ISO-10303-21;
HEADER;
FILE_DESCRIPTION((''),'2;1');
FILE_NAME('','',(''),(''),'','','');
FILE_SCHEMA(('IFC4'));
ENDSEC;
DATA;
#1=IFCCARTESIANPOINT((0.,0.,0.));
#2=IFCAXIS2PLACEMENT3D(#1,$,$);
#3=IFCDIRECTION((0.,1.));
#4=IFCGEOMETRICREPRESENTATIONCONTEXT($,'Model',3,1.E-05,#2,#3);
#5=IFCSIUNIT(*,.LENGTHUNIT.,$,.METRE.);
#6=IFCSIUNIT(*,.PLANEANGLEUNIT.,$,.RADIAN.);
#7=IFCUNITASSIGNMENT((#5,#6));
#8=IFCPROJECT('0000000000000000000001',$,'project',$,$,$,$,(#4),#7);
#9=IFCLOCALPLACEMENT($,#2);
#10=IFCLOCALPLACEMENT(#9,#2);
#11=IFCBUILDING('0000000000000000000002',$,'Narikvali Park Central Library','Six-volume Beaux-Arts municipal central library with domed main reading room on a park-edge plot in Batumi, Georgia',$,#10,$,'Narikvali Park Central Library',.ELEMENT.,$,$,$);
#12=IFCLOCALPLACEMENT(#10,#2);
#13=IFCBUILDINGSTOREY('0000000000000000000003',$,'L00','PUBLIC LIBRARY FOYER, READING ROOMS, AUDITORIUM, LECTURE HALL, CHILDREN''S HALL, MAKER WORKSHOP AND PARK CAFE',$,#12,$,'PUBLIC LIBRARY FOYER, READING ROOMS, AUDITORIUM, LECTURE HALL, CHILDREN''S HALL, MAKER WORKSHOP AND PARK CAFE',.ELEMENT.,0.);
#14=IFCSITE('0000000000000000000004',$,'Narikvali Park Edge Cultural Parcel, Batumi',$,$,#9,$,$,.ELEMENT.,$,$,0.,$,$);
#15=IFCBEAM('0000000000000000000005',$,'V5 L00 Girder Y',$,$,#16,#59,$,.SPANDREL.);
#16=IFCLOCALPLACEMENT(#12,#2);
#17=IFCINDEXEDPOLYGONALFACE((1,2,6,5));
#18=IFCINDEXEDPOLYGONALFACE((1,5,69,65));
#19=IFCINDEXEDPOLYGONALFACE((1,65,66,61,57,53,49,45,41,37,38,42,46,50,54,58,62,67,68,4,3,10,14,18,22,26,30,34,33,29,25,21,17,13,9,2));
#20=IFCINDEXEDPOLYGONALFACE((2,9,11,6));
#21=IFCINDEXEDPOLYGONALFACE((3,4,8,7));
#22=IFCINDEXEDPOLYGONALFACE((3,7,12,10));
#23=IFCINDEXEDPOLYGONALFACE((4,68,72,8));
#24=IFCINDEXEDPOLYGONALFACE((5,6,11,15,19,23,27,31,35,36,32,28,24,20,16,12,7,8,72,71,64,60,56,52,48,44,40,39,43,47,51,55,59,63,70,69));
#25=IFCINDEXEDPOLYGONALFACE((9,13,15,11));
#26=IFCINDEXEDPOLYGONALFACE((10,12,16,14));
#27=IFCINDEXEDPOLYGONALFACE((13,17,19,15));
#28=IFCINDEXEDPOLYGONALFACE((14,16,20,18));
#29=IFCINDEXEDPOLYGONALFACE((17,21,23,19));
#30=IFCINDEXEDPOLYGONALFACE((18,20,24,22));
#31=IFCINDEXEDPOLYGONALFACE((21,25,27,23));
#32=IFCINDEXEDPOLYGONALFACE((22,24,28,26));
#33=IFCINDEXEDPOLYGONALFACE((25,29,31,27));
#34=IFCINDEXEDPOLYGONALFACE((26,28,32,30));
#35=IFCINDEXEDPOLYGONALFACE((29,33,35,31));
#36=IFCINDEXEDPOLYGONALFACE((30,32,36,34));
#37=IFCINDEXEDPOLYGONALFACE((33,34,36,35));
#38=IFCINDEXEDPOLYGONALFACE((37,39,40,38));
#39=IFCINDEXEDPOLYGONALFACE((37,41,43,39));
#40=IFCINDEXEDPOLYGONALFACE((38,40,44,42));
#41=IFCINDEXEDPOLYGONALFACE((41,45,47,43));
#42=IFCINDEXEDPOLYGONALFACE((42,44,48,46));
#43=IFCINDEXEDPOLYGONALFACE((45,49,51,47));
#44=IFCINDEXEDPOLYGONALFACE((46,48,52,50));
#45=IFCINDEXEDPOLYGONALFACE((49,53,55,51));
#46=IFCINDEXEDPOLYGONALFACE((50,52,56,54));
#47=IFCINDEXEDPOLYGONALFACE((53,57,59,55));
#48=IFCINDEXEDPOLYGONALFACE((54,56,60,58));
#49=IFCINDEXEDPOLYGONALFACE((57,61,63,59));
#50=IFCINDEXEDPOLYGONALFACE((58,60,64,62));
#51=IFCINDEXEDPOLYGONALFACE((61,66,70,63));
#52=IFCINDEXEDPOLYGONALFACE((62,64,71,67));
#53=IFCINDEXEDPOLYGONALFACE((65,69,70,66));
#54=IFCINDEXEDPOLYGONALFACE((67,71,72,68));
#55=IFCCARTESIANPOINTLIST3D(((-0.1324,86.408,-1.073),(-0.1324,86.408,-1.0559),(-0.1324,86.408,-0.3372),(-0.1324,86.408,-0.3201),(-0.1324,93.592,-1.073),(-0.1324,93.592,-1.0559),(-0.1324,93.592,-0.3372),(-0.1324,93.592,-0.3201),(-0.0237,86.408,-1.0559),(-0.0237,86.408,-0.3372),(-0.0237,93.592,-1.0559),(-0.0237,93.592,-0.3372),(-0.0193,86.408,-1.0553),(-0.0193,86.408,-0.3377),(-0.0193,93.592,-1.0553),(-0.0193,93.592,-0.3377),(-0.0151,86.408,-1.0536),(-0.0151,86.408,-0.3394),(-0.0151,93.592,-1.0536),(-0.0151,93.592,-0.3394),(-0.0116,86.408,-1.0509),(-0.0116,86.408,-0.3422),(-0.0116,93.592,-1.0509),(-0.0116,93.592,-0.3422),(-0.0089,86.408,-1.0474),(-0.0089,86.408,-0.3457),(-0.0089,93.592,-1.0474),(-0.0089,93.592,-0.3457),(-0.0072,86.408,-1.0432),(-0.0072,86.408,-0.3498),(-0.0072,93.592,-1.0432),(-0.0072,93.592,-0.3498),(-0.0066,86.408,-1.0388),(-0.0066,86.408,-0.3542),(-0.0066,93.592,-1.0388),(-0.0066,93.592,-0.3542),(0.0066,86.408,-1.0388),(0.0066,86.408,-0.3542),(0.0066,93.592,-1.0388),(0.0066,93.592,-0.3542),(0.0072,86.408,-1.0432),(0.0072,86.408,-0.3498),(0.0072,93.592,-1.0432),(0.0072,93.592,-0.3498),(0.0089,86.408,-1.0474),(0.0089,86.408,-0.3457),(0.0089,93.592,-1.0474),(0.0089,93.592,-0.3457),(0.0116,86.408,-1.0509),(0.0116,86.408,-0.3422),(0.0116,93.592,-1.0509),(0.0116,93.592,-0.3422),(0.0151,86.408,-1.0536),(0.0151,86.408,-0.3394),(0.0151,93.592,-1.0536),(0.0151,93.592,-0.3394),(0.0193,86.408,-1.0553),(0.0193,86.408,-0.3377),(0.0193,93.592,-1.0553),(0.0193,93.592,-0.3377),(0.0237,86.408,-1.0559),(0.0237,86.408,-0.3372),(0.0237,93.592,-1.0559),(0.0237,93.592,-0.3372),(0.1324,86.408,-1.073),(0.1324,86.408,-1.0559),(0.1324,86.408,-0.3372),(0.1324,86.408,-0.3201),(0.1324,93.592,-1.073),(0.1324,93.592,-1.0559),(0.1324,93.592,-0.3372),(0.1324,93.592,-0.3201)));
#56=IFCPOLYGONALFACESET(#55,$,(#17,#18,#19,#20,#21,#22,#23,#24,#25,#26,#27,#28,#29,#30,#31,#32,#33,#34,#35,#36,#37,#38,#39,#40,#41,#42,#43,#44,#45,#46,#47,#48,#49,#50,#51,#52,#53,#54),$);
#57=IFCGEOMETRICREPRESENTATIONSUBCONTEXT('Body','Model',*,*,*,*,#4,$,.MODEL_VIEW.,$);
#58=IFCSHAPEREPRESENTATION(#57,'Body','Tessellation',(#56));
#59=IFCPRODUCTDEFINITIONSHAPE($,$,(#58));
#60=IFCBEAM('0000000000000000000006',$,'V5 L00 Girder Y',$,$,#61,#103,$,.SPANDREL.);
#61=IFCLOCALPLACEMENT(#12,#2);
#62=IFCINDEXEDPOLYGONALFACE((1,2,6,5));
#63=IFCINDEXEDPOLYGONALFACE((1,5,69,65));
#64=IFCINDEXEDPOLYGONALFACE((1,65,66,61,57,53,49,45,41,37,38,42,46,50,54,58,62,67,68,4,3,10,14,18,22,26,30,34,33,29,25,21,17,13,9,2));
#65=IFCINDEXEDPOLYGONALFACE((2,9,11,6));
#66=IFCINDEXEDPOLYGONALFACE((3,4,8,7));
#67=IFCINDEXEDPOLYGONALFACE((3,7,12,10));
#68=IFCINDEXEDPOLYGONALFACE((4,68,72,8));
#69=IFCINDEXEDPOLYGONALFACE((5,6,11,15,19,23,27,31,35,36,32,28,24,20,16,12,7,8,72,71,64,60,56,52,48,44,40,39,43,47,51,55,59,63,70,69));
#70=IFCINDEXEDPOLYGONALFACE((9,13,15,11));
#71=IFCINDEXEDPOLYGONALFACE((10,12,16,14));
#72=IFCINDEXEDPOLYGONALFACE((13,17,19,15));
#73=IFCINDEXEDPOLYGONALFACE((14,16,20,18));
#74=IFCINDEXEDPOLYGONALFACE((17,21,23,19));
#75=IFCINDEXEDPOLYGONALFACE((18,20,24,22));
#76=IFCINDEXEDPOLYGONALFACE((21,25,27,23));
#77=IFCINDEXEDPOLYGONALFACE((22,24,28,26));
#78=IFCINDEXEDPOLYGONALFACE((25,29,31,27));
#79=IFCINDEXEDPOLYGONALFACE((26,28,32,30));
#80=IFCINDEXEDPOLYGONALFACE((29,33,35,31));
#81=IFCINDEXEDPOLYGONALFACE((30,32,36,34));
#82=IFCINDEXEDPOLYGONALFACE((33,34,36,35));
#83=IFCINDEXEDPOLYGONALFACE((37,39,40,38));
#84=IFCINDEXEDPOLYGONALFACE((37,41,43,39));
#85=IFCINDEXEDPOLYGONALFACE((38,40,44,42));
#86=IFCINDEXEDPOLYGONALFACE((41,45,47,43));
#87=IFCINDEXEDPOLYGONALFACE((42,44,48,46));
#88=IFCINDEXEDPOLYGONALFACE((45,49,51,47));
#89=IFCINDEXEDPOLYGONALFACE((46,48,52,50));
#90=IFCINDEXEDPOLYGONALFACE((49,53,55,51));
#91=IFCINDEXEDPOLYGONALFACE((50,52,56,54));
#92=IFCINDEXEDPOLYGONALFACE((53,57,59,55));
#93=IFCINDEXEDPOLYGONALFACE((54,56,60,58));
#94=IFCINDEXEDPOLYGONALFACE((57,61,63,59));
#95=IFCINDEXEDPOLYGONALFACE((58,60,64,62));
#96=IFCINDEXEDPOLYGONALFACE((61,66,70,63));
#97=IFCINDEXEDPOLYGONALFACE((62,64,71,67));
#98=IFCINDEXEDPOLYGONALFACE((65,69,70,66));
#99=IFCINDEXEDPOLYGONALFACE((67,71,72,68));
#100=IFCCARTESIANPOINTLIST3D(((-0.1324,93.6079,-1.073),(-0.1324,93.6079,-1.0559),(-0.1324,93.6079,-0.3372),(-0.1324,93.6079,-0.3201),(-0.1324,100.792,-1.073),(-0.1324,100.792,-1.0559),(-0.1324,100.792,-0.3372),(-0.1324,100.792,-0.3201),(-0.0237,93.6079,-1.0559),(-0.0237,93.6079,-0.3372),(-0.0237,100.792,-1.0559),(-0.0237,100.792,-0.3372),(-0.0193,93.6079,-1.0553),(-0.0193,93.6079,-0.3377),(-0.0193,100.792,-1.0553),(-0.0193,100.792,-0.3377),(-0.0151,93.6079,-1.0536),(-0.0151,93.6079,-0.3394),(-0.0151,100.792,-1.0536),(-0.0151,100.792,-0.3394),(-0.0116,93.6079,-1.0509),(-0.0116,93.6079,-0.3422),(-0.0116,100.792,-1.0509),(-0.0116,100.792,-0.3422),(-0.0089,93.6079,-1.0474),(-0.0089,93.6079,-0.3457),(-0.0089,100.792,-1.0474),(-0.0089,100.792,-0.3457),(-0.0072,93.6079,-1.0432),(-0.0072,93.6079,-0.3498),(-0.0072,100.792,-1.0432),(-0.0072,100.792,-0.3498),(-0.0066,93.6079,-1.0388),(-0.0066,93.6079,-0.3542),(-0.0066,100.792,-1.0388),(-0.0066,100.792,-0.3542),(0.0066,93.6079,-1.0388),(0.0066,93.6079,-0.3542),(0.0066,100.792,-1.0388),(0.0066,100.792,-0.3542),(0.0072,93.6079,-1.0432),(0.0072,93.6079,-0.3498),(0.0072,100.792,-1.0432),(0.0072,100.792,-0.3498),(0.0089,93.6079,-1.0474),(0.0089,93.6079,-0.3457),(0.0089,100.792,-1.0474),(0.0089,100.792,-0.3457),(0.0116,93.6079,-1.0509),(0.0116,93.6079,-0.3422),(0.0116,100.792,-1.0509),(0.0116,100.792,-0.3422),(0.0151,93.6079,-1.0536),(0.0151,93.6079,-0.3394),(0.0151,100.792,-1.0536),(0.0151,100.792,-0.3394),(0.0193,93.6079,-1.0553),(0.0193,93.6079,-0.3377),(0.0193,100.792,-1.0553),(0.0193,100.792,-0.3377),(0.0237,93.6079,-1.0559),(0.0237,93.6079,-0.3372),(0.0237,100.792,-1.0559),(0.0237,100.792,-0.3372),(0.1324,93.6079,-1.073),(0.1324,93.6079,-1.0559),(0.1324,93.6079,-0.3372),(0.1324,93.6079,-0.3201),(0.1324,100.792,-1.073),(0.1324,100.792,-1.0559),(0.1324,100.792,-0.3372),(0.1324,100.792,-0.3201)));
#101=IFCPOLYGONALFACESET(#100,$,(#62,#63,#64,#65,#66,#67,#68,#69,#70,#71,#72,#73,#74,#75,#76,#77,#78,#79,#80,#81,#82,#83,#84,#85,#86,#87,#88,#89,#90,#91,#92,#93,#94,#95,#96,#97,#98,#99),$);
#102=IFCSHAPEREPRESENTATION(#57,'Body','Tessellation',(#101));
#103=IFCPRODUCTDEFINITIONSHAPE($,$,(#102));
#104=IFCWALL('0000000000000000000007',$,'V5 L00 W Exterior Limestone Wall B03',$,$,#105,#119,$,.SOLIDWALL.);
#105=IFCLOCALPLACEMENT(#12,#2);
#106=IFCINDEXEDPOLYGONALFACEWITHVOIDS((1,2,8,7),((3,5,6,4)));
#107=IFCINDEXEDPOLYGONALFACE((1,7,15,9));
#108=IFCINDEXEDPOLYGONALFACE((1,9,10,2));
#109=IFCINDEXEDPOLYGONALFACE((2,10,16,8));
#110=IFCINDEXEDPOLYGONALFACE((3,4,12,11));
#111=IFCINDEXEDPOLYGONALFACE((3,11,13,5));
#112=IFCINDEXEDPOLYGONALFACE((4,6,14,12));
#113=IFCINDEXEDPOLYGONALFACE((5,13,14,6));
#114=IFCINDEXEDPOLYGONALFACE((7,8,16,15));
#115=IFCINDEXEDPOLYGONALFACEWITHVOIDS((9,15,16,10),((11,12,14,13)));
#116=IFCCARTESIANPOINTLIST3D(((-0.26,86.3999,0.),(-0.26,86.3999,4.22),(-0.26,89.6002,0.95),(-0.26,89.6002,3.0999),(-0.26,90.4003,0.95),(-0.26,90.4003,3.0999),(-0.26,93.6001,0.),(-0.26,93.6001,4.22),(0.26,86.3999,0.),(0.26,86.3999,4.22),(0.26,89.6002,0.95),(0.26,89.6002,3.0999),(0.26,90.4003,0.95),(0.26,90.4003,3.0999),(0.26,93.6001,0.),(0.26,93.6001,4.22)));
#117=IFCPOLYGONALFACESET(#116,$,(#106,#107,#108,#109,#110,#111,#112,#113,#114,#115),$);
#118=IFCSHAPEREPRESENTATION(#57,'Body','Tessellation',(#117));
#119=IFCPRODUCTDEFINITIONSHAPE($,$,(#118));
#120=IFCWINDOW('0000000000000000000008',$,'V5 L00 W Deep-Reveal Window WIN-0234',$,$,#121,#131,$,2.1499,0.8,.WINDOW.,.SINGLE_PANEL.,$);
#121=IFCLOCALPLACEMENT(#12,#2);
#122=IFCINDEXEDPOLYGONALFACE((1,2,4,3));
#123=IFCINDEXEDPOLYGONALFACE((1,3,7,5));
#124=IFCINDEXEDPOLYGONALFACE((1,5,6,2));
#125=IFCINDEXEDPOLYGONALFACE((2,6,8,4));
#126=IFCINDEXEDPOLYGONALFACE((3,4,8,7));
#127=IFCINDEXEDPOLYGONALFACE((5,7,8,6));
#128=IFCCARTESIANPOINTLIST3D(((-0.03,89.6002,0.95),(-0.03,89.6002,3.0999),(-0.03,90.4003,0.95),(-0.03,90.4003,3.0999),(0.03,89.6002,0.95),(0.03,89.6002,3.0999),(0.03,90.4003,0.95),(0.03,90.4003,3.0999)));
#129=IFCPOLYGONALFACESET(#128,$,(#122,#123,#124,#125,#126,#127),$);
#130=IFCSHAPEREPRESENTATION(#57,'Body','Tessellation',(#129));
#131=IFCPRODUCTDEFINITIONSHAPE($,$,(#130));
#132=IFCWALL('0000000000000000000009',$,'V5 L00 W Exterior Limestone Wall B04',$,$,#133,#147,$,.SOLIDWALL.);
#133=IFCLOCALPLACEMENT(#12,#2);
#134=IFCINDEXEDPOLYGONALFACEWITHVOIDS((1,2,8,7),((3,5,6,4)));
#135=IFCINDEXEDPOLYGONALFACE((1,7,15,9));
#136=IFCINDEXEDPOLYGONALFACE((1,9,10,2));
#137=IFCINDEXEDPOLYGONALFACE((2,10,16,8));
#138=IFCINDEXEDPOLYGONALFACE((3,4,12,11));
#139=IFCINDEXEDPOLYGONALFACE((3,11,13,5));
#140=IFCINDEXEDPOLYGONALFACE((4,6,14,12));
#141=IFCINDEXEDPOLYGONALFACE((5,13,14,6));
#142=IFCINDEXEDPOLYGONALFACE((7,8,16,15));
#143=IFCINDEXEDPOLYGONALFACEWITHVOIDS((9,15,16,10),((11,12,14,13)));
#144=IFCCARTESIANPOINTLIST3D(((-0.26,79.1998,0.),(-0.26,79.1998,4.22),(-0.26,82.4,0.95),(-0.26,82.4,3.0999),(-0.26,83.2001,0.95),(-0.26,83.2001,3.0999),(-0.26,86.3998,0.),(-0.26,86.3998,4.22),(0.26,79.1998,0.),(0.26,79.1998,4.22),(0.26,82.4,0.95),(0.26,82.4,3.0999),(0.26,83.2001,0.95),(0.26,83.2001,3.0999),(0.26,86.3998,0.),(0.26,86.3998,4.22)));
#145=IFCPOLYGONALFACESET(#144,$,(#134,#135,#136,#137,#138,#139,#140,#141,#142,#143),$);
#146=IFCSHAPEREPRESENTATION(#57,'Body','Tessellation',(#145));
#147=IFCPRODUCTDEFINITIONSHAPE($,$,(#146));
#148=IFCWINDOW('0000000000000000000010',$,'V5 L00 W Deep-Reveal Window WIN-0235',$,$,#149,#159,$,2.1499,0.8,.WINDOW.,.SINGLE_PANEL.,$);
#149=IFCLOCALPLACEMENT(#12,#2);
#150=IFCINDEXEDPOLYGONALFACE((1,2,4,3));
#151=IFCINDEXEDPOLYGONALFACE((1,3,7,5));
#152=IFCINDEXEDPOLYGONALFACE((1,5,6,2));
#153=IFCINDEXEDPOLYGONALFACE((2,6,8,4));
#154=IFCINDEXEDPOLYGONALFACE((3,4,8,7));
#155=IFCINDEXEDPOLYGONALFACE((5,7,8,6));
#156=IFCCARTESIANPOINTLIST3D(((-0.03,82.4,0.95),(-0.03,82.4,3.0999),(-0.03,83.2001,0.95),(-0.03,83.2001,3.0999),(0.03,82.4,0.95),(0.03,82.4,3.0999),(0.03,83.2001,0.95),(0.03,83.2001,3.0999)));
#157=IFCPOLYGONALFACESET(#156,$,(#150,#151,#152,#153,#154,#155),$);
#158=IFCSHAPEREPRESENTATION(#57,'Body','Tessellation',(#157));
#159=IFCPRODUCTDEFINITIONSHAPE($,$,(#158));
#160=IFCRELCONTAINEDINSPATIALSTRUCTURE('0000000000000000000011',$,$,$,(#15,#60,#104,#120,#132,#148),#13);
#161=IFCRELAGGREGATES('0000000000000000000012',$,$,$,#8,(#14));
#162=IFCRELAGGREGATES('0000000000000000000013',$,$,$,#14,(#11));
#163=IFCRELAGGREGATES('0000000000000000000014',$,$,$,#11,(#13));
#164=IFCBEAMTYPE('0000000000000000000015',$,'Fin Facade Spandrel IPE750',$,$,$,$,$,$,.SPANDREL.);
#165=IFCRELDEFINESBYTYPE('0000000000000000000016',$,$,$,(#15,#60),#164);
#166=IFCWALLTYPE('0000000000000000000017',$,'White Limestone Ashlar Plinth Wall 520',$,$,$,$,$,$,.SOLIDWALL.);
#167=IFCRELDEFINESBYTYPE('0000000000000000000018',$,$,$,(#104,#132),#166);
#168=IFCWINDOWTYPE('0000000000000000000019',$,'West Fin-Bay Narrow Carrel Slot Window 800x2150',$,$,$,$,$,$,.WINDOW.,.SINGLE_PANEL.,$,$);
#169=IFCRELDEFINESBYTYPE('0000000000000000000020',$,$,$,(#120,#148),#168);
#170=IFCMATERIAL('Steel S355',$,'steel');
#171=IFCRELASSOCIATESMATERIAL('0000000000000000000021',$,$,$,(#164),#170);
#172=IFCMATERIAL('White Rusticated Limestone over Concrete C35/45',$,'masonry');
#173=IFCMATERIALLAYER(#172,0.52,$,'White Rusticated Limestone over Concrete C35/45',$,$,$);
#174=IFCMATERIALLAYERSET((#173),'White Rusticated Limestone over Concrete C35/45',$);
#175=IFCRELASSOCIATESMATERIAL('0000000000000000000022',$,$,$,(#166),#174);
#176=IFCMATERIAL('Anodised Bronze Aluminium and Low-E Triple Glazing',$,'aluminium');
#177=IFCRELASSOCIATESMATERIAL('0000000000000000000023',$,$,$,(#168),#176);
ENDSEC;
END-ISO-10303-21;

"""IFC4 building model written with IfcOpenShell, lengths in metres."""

from ifc_helpers import new_model, si_unit, direction, frame, frame_2d, origin, origin_2d, place, context, subcontext, project, spatial, rectangle, i_section, extrude, material, layer, layer_set, material_profile, profile_set, type_object, element, fill, save


model = new_model("IFC4")

# Units and contexts
model_context = context("Model", 3, precision=1e-05, world=origin(), true_north=direction((0.0, 1.0)))
body_context = subcontext(model_context, "Body", "Model", "MODEL_VIEW")
ifc_project = project(units=[si_unit("LENGTHUNIT", "METRE"), si_unit("PLANEANGLEUNIT", "RADIAN")], contexts=[model_context])

# Site, building, storey
site_placement = place(None, origin())
site = spatial("IfcSite", under=ifc_project, at=site_placement, Name="Narikvali Park Edge Cultural Parcel, Batumi", CompositionType="ELEMENT", RefElevation=0.0)
building_placement = place(site_placement, origin())
building = spatial("IfcBuilding", under=site, at=building_placement, Name="Narikvali Park Central Library", Description="Six-volume Beaux-Arts municipal central library with domed main reading room on a park-edge plot in Batumi, Georgia", LongName="Narikvali Park Central Library", CompositionType="ELEMENT")
storey_placement = place(building_placement, origin())
storey = spatial("IfcBuildingStorey", under=building, at=storey_placement, Name="L00", Description="PUBLIC LIBRARY FOYER, READING ROOMS, AUDITORIUM, LECTURE HALL, CHILDREN'S HALL, MAKER WORKSHOP AND PARK CAFE", LongName="PUBLIC LIBRARY FOYER, READING ROOMS, AUDITORIUM, LECTURE HALL, CHILDREN'S HALL, MAKER WORKSHOP AND PARK CAFE", CompositionType="ELEMENT", Elevation=0.0)

# Shared definitions
ifc_material_1 = material(Name="Steel S355", Category="steel")

# Beams
ifc_material_profile_1 = material_profile(ifc_material_1, i_section(OverallWidth=0.2649, OverallDepth=0.7529, WebThickness=0.0132, FlangeThickness=0.0171, FilletRadius=0.0171, at=origin_2d()), Name="IPE 750x147")
ifc_profile_set_1 = profile_set([ifc_material_profile_1], Name="Steel S355")
beam_type_1 = type_object("IfcBeamType", Name="Fin Facade Spandrel IPE750", PredefinedType="SPANDREL", material=ifc_profile_set_1)
for number, where, z_axis, x_axis, name in (
    (1, (0.0, 86.408, -0.6965), (0.0, 1.0, 0.0), (-1.0, 0.0, 0.0), "V5 L00 Girder Y"),
    (2, (0.0, 93.6079, -0.6965), (0.0, 1.0, 0.0), (-1.0, 0.0, 0.0), "V5 L00 Girder Y"),
):
    element("IfcBeam", number, at=place(storey_placement, frame(where, z_axis=z_axis, x_axis=x_axis)), inside=storey, type_object=beam_type_1, Name=name, PredefinedType="SPANDREL", context=body_context, shape_type="SweptSolid", body=[
        extrude(i_section(OverallWidth=0.2649, OverallDepth=0.7529, WebThickness=0.0132, FlangeThickness=0.0171, FilletRadius=0.0171, at=origin_2d()), origin(), (0.0, 0.0, 1.0), 7.1841),
    ])

# Walls, openings, windows
ifc_material_2 = material(Name="White Rusticated Limestone over Concrete C35/45", Category="masonry")
ifc_layer_1 = layer(ifc_material_2, 0.52, Name="White Rusticated Limestone over Concrete C35/45")
ifc_layer_set_1 = layer_set([ifc_layer_1], Name="White Rusticated Limestone over Concrete C35/45")
wall_type = type_object("IfcWallType", Name="White Limestone Ashlar Plinth Wall 520", PredefinedType="SOLIDWALL", material=ifc_layer_set_1)
wall_1_placement = place(storey_placement, frame((0.0, 93.6001, 0.0), z_axis=(0.0, 0.0, 1.0), x_axis=(0.0, -1.0, 0.0)))
wall_1 = element("IfcWall", 3, at=wall_1_placement, inside=storey, type_object=wall_type, Name="V5 L00 W Exterior Limestone Wall B03", PredefinedType="SOLIDWALL", context=body_context, shape_type="SweptSolid", body=[
    extrude(rectangle(XDim=7.2002, YDim=0.52, at=frame_2d((3.6001, 0.0))), origin(), (0.0, 0.0, 1.0), 4.22),
])
opening_1_placement = place(wall_1_placement, frame((3.2, 0.0, 0.95)))
opening_1 = element("IfcOpeningElement", 4, at=opening_1_placement, cuts=wall_1, PredefinedType="OPENING", context=body_context, shape_type="SweptSolid", body=[
    extrude(rectangle(XDim=0.8, YDim=2.1499, at=frame_2d((0.3999, 1.075))), frame((0.0, 0.272, 0.0), z_axis=(0.0, -1.0, 0.0), x_axis=(1.0, 0.0, 0.0)), (0.0, 0.0, 1.0), 0.5439),
])
ifc_material_3 = material(Name="Anodised Bronze Aluminium and Low-E Triple Glazing", Category="aluminium")
window_type = type_object("IfcWindowType", Name="West Fin-Bay Narrow Carrel Slot Window 800x2150", PartitioningType="SINGLE_PANEL", PredefinedType="WINDOW", material=ifc_material_3)
window_1_placement = place(opening_1_placement, origin())
window_1 = element("IfcWindow", 5, at=window_1_placement, inside=storey, type_object=window_type, Name="V5 L00 W Deep-Reveal Window WIN-0234", OverallHeight=2.1499, OverallWidth=0.8, PartitioningType="SINGLE_PANEL", PredefinedType="WINDOW", context=body_context, shape_type="SweptSolid", body=[
    extrude(rectangle(XDim=0.8, YDim=2.1499, at=frame_2d((0.3999, 1.075))), frame((0.0, 0.03, 0.0), z_axis=(0.0, -1.0, 0.0), x_axis=(1.0, 0.0, 0.0)), (0.0, 0.0, 1.0), 0.0601),
])
fill(opening_1, window_1)
wall_2_placement = place(storey_placement, frame((0.0, 86.3999, 0.0), z_axis=(0.0, 0.0, 1.0), x_axis=(0.0, -1.0, 0.0)))
wall_2 = element("IfcWall", 6, at=wall_2_placement, inside=storey, type_object=wall_type, Name="V5 L00 W Exterior Limestone Wall B04", PredefinedType="SOLIDWALL", context=body_context, shape_type="SweptSolid", body=[
    extrude(rectangle(XDim=7.2, YDim=0.52, at=frame_2d((3.6001, 0.0))), origin(), (0.0, 0.0, 1.0), 4.22),
])
opening_2_placement = place(wall_2_placement, frame((3.2, 0.0, 0.95)))
opening_2 = element("IfcOpeningElement", 7, at=opening_2_placement, cuts=wall_2, PredefinedType="OPENING", context=body_context, shape_type="SweptSolid", body=[
    extrude(rectangle(XDim=0.8, YDim=2.1499, at=frame_2d((0.3999, 1.075))), frame((0.0, 0.272, 0.0), z_axis=(0.0, -1.0, 0.0), x_axis=(1.0, 0.0, 0.0)), (0.0, 0.0, 1.0), 0.5439),
])
window_2_placement = place(opening_2_placement, origin())
window_2 = element("IfcWindow", 8, at=window_2_placement, inside=storey, type_object=window_type, Name="V5 L00 W Deep-Reveal Window WIN-0235", OverallHeight=2.1499, OverallWidth=0.8, PartitioningType="SINGLE_PANEL", PredefinedType="WINDOW", context=body_context, shape_type="SweptSolid", body=[
    extrude(rectangle(XDim=0.8, YDim=2.1499, at=frame_2d((0.3999, 1.075))), frame((0.0, 0.03, 0.0), z_axis=(0.0, -1.0, 0.0), x_axis=(1.0, 0.0, 0.0)), (0.0, 0.0, 1.0), 0.0601),
])
fill(opening_2, window_2)

save(model, "model.ifc")
